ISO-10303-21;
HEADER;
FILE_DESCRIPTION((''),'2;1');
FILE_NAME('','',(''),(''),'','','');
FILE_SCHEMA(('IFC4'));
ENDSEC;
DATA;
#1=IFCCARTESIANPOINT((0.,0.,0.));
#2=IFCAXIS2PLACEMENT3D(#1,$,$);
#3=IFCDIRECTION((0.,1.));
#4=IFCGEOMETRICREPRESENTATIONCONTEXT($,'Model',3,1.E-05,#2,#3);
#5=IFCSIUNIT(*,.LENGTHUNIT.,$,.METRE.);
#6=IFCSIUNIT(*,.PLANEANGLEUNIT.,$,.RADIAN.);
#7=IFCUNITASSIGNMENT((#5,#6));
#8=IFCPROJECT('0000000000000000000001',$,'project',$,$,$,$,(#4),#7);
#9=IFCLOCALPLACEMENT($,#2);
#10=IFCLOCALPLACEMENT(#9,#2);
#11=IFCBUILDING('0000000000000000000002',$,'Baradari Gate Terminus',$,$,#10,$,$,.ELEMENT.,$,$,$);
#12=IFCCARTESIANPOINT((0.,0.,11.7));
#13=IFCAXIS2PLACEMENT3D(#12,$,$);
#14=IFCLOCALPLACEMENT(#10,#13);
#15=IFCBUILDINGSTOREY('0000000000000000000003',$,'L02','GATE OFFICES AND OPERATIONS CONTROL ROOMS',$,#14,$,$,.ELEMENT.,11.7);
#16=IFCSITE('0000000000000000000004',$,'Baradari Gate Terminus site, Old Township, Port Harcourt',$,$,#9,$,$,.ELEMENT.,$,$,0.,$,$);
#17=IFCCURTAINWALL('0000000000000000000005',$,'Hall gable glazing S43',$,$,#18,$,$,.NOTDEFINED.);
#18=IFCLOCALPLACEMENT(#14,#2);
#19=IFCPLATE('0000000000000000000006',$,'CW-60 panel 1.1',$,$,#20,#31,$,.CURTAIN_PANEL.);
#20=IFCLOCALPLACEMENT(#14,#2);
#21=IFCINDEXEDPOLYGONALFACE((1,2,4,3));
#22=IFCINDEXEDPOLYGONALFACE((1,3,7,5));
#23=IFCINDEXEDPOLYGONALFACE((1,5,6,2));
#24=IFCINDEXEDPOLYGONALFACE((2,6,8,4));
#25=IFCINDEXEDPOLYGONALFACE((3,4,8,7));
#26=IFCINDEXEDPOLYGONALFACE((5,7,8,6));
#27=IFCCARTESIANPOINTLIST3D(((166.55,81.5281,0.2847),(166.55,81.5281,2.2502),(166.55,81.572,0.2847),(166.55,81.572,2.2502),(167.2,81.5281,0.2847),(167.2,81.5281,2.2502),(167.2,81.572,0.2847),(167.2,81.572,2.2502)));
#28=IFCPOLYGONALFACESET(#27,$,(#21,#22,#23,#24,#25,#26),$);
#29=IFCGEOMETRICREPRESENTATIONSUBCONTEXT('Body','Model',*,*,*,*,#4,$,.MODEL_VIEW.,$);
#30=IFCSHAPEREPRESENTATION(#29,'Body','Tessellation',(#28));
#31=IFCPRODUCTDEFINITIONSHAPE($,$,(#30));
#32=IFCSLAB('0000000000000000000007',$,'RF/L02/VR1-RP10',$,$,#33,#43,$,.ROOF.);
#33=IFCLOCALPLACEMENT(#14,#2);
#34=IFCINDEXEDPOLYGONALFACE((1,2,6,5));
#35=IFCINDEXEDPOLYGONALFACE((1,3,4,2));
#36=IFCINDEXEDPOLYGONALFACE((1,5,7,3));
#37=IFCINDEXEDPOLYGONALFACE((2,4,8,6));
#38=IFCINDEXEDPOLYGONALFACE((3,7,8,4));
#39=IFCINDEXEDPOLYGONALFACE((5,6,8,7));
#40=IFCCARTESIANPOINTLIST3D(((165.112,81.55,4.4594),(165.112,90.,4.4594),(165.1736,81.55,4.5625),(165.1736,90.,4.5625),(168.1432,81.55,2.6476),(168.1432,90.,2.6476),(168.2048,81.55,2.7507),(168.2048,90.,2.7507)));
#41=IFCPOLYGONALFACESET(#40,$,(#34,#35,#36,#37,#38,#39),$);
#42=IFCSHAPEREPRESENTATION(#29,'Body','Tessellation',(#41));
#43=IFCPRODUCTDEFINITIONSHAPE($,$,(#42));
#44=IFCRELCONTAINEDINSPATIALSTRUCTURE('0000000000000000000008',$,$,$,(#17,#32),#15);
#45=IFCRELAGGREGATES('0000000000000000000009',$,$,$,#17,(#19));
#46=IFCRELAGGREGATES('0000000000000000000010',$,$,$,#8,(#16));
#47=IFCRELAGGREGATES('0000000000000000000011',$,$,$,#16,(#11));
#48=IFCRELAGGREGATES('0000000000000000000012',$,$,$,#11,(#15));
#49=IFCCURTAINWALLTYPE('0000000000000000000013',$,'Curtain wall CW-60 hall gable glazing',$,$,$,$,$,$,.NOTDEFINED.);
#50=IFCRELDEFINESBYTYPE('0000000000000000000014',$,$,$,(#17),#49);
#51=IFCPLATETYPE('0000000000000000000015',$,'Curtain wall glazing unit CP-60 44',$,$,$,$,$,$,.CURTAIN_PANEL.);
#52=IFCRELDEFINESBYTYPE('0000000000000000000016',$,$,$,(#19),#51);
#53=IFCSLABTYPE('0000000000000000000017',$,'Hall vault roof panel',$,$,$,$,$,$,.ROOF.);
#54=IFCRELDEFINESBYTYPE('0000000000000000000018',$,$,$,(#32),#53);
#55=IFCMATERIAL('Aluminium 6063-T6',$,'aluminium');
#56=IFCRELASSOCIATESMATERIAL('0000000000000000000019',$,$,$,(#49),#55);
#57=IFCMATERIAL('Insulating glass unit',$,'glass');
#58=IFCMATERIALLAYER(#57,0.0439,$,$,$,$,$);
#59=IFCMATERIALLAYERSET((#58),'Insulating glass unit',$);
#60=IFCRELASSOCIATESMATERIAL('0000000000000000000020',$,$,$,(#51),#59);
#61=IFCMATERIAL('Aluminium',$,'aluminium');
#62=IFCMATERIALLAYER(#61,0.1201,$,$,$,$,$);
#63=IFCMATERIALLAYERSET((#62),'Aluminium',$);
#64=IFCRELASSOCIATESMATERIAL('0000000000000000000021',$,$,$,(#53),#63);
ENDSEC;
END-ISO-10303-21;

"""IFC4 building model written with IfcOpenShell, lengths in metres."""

from ifc_helpers import new_model, si_unit, direction, frame, origin, origin_2d, place, context, subcontext, project, spatial, polyline, rectangle, outline, extrude, material, layer, layer_set, type_object, element, aggregate, save


model = new_model("IFC4")

# Units and contexts
model_context = context("Model", 3, precision=1e-05, world=origin(), true_north=direction((0.0, 1.0)))
body_context = subcontext(model_context, "Body", "Model", "MODEL_VIEW")
ifc_project = project(units=[si_unit("LENGTHUNIT", "METRE"), si_unit("PLANEANGLEUNIT", "RADIAN")], contexts=[model_context])

# Site, building, storey
site_placement = place(None, origin())
site = spatial("IfcSite", under=ifc_project, at=site_placement, Name="Baradari Gate Terminus site, Old Township, Port Harcourt", CompositionType="ELEMENT", RefElevation=0.0)
building_placement = place(site_placement, origin())
building = spatial("IfcBuilding", under=site, at=building_placement, Name="Baradari Gate Terminus", CompositionType="ELEMENT")
storey_placement = place(building_placement, frame((0.0, 0.0, 11.7)))
storey = spatial("IfcBuildingStorey", under=building, at=storey_placement, Name="L02", Description="GATE OFFICES AND OPERATIONS CONTROL ROOMS", CompositionType="ELEMENT", Elevation=11.7)

# Shared definitions
ifc_material_1 = material(Name="Aluminium 6063-T6", Category="aluminium")
curtain_wall_type = type_object("IfcCurtainWallType", Name="Curtain wall CW-60 hall gable glazing", PredefinedType="NOTDEFINED", material=ifc_material_1)

# Curtain wall
curtain_wall_1_placement = place(storey_placement, origin())
curtain_wall_1 = element("IfcCurtainWall", 1, at=curtain_wall_1_placement, inside=storey, type_object=curtain_wall_type, Name="Hall gable glazing S43", PredefinedType="NOTDEFINED")

# Plate
ifc_material_2 = material(Name="Insulating glass unit", Category="glass")
ifc_layer_1 = layer(ifc_material_2, 0.0439)
ifc_layer_set_1 = layer_set([ifc_layer_1], Name="Insulating glass unit")
plate_type = type_object("IfcPlateType", Name="Curtain wall glazing unit CP-60 44", PredefinedType="CURTAIN_PANEL", material=ifc_layer_set_1)
plate_1_placement = place(storey_placement, frame((166.875, 81.55, 0.2847), z_axis=(0.0, 0.0, 1.0), x_axis=(1.0, 0.0, 0.0)))
plate_1 = element("IfcPlate", 2, at=plate_1_placement, type_object=plate_type, Name="CW-60 panel 1.1", PredefinedType="CURTAIN_PANEL", context=body_context, shape_type="SweptSolid", body=[
    extrude(rectangle(XDim=0.6499, YDim=0.0439, at=origin_2d()), origin(), (0.0, 0.0, 1.0), 1.9656),
])
aggregate(curtain_wall_1, [plate_1])

# Slab
ifc_material_3 = material(Name="Aluminium", Category="aluminium")
ifc_layer_2 = layer(ifc_material_3, 0.1201)
ifc_layer_set_2 = layer_set([ifc_layer_2], Name="Aluminium")
slab_type = type_object("IfcSlabType", Name="Hall vault roof panel", PredefinedType="ROOF", material=ifc_layer_set_2)
slab_placement = place(storey_placement, frame((165.1736, 81.55, 4.5625), z_axis=(0.513041, 0.0, 0.858364), x_axis=(0.0, 1.0, 0.0)))
element("IfcSlab", 3, at=slab_placement, inside=storey, type_object=slab_type, Name="RF/L02/VR1-RP10", PredefinedType="ROOF", context=body_context, shape_type="SweptSolid", body=[
    extrude(outline(polyline([(0.0, 0.0), (8.45, 0.0), (8.45, -3.5314), (0.0, -3.5314), (0.0, 0.0)])), origin(), (0.0, 0.0, -1.0), 0.1201),
])

save(model, "model.ifc")
